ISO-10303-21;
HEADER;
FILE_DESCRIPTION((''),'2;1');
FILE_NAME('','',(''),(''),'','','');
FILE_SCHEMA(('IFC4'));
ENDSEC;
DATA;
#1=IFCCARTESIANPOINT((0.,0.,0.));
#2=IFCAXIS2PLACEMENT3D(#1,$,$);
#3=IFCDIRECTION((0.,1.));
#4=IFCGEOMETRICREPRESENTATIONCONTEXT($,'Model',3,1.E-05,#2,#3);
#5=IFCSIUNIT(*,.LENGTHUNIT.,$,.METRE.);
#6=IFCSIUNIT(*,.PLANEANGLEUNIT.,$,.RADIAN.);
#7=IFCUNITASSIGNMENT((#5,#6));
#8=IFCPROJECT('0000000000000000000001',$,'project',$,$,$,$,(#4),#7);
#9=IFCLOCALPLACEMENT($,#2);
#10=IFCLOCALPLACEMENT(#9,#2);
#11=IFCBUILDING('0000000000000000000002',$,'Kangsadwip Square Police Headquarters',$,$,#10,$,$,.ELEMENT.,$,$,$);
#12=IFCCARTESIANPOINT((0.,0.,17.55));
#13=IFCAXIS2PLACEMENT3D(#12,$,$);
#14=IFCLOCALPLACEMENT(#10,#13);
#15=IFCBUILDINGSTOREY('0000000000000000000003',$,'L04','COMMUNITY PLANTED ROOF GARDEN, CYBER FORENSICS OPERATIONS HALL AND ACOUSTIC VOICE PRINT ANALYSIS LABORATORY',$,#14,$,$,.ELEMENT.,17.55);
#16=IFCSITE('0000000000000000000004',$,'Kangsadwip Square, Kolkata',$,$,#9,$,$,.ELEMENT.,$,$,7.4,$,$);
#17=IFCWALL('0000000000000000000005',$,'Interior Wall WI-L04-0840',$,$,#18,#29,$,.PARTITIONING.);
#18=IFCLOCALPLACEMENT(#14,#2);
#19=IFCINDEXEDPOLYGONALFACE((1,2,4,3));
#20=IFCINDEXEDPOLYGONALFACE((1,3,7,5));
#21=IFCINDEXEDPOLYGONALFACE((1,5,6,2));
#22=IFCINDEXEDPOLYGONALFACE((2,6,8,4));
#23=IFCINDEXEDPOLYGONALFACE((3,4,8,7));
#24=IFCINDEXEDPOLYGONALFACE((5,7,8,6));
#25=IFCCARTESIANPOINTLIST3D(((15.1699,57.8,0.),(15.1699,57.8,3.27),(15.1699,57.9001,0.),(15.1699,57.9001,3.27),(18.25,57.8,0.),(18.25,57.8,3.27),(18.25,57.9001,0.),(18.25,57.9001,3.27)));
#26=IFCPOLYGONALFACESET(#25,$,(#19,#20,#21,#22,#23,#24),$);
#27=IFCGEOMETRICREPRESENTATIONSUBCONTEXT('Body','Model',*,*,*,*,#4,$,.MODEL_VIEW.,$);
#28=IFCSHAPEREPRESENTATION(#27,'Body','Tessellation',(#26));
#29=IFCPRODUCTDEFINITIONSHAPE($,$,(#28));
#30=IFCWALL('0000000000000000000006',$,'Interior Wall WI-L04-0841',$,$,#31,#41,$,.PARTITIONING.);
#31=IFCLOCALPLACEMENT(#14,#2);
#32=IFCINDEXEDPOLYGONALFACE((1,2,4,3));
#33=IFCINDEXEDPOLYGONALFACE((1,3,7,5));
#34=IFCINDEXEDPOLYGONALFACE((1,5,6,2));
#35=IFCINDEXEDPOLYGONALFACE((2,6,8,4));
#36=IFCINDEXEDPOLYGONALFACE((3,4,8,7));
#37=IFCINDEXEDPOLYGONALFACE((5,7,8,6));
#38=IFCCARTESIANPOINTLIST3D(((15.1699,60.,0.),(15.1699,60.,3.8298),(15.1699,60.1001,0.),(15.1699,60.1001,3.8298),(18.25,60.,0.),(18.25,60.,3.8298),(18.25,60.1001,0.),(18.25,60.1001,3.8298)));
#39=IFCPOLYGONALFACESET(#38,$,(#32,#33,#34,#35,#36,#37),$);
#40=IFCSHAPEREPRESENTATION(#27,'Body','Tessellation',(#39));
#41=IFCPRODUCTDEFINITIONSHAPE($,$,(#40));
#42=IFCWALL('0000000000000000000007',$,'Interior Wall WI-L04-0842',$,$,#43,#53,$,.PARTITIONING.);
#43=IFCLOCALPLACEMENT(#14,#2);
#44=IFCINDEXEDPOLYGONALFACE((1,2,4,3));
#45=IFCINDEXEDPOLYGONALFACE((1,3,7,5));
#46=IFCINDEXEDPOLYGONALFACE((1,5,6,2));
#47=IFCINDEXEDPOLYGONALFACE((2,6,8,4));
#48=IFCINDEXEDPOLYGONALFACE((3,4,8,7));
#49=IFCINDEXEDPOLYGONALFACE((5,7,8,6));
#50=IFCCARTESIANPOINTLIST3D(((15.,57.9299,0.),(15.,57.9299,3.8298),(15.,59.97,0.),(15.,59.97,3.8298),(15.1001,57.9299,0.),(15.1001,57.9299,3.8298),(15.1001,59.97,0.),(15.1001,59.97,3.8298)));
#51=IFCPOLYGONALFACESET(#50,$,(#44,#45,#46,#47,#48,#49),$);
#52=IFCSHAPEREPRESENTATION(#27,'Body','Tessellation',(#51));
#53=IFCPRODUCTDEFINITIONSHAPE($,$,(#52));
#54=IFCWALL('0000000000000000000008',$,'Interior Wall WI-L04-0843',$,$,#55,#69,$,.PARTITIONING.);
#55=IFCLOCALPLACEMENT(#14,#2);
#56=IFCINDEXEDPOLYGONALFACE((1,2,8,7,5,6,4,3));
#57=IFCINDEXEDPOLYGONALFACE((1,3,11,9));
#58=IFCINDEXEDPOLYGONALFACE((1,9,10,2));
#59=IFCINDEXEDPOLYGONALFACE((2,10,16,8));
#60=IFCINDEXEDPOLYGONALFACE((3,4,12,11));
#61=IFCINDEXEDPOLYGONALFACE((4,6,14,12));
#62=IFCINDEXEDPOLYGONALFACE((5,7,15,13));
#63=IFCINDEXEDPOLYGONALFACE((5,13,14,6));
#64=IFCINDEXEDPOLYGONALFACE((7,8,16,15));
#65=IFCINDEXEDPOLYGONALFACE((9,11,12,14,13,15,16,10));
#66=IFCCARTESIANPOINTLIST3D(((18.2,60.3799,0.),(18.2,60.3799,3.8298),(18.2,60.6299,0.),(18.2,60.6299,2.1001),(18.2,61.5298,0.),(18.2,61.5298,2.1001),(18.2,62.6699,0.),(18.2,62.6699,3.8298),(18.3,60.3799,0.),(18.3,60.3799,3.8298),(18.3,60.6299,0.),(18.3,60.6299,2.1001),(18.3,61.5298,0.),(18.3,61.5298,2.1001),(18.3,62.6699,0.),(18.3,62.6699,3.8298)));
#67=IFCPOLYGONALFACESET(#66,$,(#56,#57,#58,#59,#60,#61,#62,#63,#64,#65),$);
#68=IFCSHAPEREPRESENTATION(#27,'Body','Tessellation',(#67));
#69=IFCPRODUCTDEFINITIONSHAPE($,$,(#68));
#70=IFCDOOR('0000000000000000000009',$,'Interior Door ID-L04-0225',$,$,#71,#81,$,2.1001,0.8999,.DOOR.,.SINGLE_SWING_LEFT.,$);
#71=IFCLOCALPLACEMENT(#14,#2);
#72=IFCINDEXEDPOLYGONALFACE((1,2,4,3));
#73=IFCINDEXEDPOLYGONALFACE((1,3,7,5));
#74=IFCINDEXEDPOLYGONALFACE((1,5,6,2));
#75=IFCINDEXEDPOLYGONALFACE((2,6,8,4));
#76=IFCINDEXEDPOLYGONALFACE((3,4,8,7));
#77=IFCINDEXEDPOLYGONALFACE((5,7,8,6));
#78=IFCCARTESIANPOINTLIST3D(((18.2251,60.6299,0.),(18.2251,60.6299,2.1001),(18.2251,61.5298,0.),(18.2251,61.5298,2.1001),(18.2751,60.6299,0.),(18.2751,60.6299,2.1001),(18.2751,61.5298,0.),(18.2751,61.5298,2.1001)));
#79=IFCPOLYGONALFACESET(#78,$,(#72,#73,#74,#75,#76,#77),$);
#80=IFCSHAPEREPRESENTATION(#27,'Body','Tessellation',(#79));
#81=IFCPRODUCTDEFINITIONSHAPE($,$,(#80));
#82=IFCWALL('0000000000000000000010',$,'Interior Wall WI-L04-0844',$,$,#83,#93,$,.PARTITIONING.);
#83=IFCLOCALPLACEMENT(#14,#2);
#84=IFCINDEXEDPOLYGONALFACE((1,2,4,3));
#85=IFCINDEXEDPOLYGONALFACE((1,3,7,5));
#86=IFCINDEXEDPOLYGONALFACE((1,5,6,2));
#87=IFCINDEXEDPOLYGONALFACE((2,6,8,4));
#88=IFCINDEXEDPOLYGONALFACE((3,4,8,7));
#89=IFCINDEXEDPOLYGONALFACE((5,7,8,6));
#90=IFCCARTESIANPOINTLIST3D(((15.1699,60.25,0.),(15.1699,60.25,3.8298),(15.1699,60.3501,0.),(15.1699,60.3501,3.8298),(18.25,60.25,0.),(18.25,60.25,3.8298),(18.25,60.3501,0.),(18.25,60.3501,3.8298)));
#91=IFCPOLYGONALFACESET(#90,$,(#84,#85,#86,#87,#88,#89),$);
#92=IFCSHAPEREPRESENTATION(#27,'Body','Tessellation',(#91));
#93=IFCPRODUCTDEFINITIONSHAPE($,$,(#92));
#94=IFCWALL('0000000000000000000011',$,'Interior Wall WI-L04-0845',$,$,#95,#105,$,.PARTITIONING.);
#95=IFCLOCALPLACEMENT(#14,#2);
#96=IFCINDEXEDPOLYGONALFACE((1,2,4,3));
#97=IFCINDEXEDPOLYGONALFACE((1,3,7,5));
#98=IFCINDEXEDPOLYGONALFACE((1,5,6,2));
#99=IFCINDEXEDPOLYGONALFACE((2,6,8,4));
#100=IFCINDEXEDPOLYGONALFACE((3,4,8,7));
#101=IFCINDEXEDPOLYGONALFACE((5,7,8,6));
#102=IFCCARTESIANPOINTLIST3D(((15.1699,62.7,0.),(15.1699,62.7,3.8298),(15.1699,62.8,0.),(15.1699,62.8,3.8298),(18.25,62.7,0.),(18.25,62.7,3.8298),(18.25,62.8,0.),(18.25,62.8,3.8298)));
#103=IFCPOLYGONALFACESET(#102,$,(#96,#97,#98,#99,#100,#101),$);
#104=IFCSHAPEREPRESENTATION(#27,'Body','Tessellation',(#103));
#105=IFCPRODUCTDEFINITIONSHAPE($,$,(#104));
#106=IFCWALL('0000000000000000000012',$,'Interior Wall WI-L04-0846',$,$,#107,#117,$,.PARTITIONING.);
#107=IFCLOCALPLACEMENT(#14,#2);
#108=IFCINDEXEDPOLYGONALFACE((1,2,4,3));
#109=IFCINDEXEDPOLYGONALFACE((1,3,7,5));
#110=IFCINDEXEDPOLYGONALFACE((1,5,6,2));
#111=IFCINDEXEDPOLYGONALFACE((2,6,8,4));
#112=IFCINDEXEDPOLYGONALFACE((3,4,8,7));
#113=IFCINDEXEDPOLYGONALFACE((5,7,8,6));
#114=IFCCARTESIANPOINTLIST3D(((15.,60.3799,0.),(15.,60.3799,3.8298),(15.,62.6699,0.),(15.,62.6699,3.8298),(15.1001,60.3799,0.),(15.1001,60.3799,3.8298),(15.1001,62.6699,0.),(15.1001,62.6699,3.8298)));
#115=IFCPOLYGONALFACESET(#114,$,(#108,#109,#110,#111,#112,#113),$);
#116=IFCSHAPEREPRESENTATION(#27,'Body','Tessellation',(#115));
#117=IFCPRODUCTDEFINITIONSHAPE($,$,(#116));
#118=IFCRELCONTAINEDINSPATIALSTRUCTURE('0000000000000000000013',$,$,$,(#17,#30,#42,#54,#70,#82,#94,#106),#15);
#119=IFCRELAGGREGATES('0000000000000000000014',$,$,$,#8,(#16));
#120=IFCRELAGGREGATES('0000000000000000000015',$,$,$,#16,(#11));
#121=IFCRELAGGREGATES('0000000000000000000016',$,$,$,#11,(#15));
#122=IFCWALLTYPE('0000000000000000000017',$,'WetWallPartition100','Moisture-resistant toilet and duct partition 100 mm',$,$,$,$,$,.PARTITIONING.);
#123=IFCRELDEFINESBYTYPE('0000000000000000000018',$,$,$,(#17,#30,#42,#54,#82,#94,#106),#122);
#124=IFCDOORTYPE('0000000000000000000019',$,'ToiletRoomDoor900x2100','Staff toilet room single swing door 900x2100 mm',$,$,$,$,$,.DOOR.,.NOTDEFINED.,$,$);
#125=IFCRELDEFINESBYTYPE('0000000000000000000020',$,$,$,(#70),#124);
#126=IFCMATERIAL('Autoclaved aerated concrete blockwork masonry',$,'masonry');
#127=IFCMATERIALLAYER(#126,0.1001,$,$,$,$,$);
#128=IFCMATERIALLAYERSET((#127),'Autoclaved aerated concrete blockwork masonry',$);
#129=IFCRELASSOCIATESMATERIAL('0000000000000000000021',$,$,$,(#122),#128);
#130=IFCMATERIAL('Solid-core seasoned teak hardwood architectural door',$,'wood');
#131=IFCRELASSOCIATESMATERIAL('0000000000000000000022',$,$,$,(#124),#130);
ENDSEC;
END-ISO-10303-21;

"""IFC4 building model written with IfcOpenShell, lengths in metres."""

from ifc_helpers import new_model, si_unit, direction, frame, frame_2d, origin, place, context, subcontext, project, spatial, rectangle, extrude, material, layer, layer_set, type_object, element, fill, save


model = new_model("IFC4")

# Units and contexts
model_context = context("Model", 3, precision=1e-05, world=origin(), true_north=direction((0.0, 1.0)))
body_context = subcontext(model_context, "Body", "Model", "MODEL_VIEW")
ifc_project = project(units=[si_unit("LENGTHUNIT", "METRE"), si_unit("PLANEANGLEUNIT", "RADIAN")], contexts=[model_context])

# Site, building, storey
site_placement = place(None, origin())
site = spatial("IfcSite", under=ifc_project, at=site_placement, Name="Kangsadwip Square, Kolkata", CompositionType="ELEMENT", RefElevation=7.4)
building_placement = place(site_placement, origin())
building = spatial("IfcBuilding", under=site, at=building_placement, Name="Kangsadwip Square Police Headquarters", CompositionType="ELEMENT")
storey_placement = place(building_placement, frame((0.0, 0.0, 17.55)))
storey = spatial("IfcBuildingStorey", under=building, at=storey_placement, Name="L04", Description="COMMUNITY PLANTED ROOF GARDEN, CYBER FORENSICS OPERATIONS HALL AND ACOUSTIC VOICE PRINT ANALYSIS LABORATORY", CompositionType="ELEMENT", Elevation=17.55)

# Shared definitions
ifc_material_1 = material(Name="Autoclaved aerated concrete blockwork masonry", Category="masonry")
ifc_layer_1 = layer(ifc_material_1, 0.1001)
ifc_layer_set_1 = layer_set([ifc_layer_1], Name="Autoclaved aerated concrete blockwork masonry")
wall_type_1 = type_object("IfcWallType", Name="WetWallPartition100", Description="Moisture-resistant toilet and duct partition 100 mm", PredefinedType="PARTITIONING", material=ifc_layer_set_1)

# Walls
wall_1_placement = place(storey_placement, frame((15.1699, 57.8501, 0.0), z_axis=(0.0, 0.0, 1.0), x_axis=(1.0, 0.0, 0.0)))
element("IfcWall", 1, at=wall_1_placement, inside=storey, type_object=wall_type_1, Name="Interior Wall WI-L04-0840", PredefinedType="PARTITIONING", context=body_context, shape_type="SweptSolid", body=[
    extrude(rectangle(XDim=3.0801, YDim=0.1001, at=frame_2d((1.54, 0.0))), origin(), (0.0, 0.0, 1.0), 3.27),
])
wall_2_placement = place(storey_placement, frame((15.1699, 60.05, 0.0), z_axis=(0.0, 0.0, 1.0), x_axis=(1.0, 0.0, 0.0)))
element("IfcWall", 2, at=wall_2_placement, inside=storey, type_object=wall_type_1, Name="Interior Wall WI-L04-0841", PredefinedType="PARTITIONING", context=body_context, shape_type="SweptSolid", body=[
    extrude(rectangle(XDim=3.0801, YDim=0.1001, at=frame_2d((1.54, 0.0))), origin(), (0.0, 0.0, 1.0), 3.8298),
])
wall_3_placement = place(storey_placement, frame((15.05, 57.9299, 0.0), z_axis=(0.0, 0.0, 1.0), x_axis=(0.0, 1.0, 0.0)))
element("IfcWall", 3, at=wall_3_placement, inside=storey, type_object=wall_type_1, Name="Interior Wall WI-L04-0842", PredefinedType="PARTITIONING", context=body_context, shape_type="SweptSolid", body=[
    extrude(rectangle(XDim=2.04, YDim=0.1001, at=frame_2d((1.02, 0.0))), origin(), (0.0, 0.0, 1.0), 3.8298),
])

# Wall, opening, door
wall_4_placement = place(storey_placement, frame((18.25, 60.3799, 0.0), z_axis=(0.0, 0.0, 1.0), x_axis=(0.0, 1.0, 0.0)))
wall_4 = element("IfcWall", 4, at=wall_4_placement, inside=storey, type_object=wall_type_1, Name="Interior Wall WI-L04-0843", PredefinedType="PARTITIONING", context=body_context, shape_type="SweptSolid", body=[
    extrude(rectangle(XDim=2.29, YDim=0.1001, at=frame_2d((1.145, 0.0))), origin(), (0.0, 0.0, 1.0), 3.8298),
])
opening_1_placement = place(wall_4_placement, frame((0.25, 0.0, 0.0)))
opening_1 = element("IfcOpeningElement", 5, at=opening_1_placement, cuts=wall_4, PredefinedType="OPENING", context=body_context, shape_type="SweptSolid", body=[
    extrude(rectangle(XDim=0.8999, YDim=2.1001, at=frame_2d((0.45, 1.05))), frame((0.0, 0.0601, 0.0), z_axis=(0.0, -1.0, 0.0), x_axis=(1.0, 0.0, 0.0)), (0.0, 0.0, 1.0), 0.1201),
])
ifc_material_2 = material(Name="Solid-core seasoned teak hardwood architectural door", Category="wood")
door_type_1 = type_object("IfcDoorType", Name="ToiletRoomDoor900x2100", Description="Staff toilet room single swing door 900x2100 mm", OperationType="NOTDEFINED", PredefinedType="DOOR", material=ifc_material_2)
door_1_placement = place(opening_1_placement, origin())
door_1 = element("IfcDoor", 6, at=door_1_placement, inside=storey, type_object=door_type_1, Name="Interior Door ID-L04-0225", OperationType="SINGLE_SWING_LEFT", OverallHeight=2.1001, OverallWidth=0.8999, PredefinedType="DOOR", context=body_context, shape_type="SweptSolid", body=[
    extrude(rectangle(XDim=0.8999, YDim=2.1001, at=frame_2d((0.45, 1.05))), frame((0.0, 0.0249, 0.0), z_axis=(0.0, -1.0, 0.0), x_axis=(1.0, 0.0, 0.0)), (0.0, 0.0, 1.0), 0.05),
])
fill(opening_1, door_1)

# Walls
for number, where, z_axis, x_axis, name in (
    (7, (15.1699, 60.3, 0.0), (0.0, 0.0, 1.0), (1.0, 0.0, 0.0), "Interior Wall WI-L04-0844"),
    (8, (15.1699, 62.75, 0.0), (0.0, 0.0, 1.0), (1.0, 0.0, 0.0), "Interior Wall WI-L04-0845"),
):
    element("IfcWall", number, at=place(storey_placement, frame(where, z_axis=z_axis, x_axis=x_axis)), inside=storey, type_object=wall_type_1, Name=name, PredefinedType="PARTITIONING", context=body_context, shape_type="SweptSolid", body=[
        extrude(rectangle(XDim=3.0801, YDim=0.1001, at=frame_2d((1.54, 0.0))), origin(), (0.0, 0.0, 1.0), 3.8298),
    ])
wall_5_placement = place(storey_placement, frame((15.05, 60.3799, 0.0), z_axis=(0.0, 0.0, 1.0), x_axis=(0.0, 1.0, 0.0)))
element("IfcWall", 9, at=wall_5_placement, inside=storey, type_object=wall_type_1, Name="Interior Wall WI-L04-0846", PredefinedType="PARTITIONING", context=body_context, shape_type="SweptSolid", body=[
    extrude(rectangle(XDim=2.29, YDim=0.1001, at=frame_2d((1.145, 0.0))), origin(), (0.0, 0.0, 1.0), 3.8298),
])

save(model, "model.ifc")
